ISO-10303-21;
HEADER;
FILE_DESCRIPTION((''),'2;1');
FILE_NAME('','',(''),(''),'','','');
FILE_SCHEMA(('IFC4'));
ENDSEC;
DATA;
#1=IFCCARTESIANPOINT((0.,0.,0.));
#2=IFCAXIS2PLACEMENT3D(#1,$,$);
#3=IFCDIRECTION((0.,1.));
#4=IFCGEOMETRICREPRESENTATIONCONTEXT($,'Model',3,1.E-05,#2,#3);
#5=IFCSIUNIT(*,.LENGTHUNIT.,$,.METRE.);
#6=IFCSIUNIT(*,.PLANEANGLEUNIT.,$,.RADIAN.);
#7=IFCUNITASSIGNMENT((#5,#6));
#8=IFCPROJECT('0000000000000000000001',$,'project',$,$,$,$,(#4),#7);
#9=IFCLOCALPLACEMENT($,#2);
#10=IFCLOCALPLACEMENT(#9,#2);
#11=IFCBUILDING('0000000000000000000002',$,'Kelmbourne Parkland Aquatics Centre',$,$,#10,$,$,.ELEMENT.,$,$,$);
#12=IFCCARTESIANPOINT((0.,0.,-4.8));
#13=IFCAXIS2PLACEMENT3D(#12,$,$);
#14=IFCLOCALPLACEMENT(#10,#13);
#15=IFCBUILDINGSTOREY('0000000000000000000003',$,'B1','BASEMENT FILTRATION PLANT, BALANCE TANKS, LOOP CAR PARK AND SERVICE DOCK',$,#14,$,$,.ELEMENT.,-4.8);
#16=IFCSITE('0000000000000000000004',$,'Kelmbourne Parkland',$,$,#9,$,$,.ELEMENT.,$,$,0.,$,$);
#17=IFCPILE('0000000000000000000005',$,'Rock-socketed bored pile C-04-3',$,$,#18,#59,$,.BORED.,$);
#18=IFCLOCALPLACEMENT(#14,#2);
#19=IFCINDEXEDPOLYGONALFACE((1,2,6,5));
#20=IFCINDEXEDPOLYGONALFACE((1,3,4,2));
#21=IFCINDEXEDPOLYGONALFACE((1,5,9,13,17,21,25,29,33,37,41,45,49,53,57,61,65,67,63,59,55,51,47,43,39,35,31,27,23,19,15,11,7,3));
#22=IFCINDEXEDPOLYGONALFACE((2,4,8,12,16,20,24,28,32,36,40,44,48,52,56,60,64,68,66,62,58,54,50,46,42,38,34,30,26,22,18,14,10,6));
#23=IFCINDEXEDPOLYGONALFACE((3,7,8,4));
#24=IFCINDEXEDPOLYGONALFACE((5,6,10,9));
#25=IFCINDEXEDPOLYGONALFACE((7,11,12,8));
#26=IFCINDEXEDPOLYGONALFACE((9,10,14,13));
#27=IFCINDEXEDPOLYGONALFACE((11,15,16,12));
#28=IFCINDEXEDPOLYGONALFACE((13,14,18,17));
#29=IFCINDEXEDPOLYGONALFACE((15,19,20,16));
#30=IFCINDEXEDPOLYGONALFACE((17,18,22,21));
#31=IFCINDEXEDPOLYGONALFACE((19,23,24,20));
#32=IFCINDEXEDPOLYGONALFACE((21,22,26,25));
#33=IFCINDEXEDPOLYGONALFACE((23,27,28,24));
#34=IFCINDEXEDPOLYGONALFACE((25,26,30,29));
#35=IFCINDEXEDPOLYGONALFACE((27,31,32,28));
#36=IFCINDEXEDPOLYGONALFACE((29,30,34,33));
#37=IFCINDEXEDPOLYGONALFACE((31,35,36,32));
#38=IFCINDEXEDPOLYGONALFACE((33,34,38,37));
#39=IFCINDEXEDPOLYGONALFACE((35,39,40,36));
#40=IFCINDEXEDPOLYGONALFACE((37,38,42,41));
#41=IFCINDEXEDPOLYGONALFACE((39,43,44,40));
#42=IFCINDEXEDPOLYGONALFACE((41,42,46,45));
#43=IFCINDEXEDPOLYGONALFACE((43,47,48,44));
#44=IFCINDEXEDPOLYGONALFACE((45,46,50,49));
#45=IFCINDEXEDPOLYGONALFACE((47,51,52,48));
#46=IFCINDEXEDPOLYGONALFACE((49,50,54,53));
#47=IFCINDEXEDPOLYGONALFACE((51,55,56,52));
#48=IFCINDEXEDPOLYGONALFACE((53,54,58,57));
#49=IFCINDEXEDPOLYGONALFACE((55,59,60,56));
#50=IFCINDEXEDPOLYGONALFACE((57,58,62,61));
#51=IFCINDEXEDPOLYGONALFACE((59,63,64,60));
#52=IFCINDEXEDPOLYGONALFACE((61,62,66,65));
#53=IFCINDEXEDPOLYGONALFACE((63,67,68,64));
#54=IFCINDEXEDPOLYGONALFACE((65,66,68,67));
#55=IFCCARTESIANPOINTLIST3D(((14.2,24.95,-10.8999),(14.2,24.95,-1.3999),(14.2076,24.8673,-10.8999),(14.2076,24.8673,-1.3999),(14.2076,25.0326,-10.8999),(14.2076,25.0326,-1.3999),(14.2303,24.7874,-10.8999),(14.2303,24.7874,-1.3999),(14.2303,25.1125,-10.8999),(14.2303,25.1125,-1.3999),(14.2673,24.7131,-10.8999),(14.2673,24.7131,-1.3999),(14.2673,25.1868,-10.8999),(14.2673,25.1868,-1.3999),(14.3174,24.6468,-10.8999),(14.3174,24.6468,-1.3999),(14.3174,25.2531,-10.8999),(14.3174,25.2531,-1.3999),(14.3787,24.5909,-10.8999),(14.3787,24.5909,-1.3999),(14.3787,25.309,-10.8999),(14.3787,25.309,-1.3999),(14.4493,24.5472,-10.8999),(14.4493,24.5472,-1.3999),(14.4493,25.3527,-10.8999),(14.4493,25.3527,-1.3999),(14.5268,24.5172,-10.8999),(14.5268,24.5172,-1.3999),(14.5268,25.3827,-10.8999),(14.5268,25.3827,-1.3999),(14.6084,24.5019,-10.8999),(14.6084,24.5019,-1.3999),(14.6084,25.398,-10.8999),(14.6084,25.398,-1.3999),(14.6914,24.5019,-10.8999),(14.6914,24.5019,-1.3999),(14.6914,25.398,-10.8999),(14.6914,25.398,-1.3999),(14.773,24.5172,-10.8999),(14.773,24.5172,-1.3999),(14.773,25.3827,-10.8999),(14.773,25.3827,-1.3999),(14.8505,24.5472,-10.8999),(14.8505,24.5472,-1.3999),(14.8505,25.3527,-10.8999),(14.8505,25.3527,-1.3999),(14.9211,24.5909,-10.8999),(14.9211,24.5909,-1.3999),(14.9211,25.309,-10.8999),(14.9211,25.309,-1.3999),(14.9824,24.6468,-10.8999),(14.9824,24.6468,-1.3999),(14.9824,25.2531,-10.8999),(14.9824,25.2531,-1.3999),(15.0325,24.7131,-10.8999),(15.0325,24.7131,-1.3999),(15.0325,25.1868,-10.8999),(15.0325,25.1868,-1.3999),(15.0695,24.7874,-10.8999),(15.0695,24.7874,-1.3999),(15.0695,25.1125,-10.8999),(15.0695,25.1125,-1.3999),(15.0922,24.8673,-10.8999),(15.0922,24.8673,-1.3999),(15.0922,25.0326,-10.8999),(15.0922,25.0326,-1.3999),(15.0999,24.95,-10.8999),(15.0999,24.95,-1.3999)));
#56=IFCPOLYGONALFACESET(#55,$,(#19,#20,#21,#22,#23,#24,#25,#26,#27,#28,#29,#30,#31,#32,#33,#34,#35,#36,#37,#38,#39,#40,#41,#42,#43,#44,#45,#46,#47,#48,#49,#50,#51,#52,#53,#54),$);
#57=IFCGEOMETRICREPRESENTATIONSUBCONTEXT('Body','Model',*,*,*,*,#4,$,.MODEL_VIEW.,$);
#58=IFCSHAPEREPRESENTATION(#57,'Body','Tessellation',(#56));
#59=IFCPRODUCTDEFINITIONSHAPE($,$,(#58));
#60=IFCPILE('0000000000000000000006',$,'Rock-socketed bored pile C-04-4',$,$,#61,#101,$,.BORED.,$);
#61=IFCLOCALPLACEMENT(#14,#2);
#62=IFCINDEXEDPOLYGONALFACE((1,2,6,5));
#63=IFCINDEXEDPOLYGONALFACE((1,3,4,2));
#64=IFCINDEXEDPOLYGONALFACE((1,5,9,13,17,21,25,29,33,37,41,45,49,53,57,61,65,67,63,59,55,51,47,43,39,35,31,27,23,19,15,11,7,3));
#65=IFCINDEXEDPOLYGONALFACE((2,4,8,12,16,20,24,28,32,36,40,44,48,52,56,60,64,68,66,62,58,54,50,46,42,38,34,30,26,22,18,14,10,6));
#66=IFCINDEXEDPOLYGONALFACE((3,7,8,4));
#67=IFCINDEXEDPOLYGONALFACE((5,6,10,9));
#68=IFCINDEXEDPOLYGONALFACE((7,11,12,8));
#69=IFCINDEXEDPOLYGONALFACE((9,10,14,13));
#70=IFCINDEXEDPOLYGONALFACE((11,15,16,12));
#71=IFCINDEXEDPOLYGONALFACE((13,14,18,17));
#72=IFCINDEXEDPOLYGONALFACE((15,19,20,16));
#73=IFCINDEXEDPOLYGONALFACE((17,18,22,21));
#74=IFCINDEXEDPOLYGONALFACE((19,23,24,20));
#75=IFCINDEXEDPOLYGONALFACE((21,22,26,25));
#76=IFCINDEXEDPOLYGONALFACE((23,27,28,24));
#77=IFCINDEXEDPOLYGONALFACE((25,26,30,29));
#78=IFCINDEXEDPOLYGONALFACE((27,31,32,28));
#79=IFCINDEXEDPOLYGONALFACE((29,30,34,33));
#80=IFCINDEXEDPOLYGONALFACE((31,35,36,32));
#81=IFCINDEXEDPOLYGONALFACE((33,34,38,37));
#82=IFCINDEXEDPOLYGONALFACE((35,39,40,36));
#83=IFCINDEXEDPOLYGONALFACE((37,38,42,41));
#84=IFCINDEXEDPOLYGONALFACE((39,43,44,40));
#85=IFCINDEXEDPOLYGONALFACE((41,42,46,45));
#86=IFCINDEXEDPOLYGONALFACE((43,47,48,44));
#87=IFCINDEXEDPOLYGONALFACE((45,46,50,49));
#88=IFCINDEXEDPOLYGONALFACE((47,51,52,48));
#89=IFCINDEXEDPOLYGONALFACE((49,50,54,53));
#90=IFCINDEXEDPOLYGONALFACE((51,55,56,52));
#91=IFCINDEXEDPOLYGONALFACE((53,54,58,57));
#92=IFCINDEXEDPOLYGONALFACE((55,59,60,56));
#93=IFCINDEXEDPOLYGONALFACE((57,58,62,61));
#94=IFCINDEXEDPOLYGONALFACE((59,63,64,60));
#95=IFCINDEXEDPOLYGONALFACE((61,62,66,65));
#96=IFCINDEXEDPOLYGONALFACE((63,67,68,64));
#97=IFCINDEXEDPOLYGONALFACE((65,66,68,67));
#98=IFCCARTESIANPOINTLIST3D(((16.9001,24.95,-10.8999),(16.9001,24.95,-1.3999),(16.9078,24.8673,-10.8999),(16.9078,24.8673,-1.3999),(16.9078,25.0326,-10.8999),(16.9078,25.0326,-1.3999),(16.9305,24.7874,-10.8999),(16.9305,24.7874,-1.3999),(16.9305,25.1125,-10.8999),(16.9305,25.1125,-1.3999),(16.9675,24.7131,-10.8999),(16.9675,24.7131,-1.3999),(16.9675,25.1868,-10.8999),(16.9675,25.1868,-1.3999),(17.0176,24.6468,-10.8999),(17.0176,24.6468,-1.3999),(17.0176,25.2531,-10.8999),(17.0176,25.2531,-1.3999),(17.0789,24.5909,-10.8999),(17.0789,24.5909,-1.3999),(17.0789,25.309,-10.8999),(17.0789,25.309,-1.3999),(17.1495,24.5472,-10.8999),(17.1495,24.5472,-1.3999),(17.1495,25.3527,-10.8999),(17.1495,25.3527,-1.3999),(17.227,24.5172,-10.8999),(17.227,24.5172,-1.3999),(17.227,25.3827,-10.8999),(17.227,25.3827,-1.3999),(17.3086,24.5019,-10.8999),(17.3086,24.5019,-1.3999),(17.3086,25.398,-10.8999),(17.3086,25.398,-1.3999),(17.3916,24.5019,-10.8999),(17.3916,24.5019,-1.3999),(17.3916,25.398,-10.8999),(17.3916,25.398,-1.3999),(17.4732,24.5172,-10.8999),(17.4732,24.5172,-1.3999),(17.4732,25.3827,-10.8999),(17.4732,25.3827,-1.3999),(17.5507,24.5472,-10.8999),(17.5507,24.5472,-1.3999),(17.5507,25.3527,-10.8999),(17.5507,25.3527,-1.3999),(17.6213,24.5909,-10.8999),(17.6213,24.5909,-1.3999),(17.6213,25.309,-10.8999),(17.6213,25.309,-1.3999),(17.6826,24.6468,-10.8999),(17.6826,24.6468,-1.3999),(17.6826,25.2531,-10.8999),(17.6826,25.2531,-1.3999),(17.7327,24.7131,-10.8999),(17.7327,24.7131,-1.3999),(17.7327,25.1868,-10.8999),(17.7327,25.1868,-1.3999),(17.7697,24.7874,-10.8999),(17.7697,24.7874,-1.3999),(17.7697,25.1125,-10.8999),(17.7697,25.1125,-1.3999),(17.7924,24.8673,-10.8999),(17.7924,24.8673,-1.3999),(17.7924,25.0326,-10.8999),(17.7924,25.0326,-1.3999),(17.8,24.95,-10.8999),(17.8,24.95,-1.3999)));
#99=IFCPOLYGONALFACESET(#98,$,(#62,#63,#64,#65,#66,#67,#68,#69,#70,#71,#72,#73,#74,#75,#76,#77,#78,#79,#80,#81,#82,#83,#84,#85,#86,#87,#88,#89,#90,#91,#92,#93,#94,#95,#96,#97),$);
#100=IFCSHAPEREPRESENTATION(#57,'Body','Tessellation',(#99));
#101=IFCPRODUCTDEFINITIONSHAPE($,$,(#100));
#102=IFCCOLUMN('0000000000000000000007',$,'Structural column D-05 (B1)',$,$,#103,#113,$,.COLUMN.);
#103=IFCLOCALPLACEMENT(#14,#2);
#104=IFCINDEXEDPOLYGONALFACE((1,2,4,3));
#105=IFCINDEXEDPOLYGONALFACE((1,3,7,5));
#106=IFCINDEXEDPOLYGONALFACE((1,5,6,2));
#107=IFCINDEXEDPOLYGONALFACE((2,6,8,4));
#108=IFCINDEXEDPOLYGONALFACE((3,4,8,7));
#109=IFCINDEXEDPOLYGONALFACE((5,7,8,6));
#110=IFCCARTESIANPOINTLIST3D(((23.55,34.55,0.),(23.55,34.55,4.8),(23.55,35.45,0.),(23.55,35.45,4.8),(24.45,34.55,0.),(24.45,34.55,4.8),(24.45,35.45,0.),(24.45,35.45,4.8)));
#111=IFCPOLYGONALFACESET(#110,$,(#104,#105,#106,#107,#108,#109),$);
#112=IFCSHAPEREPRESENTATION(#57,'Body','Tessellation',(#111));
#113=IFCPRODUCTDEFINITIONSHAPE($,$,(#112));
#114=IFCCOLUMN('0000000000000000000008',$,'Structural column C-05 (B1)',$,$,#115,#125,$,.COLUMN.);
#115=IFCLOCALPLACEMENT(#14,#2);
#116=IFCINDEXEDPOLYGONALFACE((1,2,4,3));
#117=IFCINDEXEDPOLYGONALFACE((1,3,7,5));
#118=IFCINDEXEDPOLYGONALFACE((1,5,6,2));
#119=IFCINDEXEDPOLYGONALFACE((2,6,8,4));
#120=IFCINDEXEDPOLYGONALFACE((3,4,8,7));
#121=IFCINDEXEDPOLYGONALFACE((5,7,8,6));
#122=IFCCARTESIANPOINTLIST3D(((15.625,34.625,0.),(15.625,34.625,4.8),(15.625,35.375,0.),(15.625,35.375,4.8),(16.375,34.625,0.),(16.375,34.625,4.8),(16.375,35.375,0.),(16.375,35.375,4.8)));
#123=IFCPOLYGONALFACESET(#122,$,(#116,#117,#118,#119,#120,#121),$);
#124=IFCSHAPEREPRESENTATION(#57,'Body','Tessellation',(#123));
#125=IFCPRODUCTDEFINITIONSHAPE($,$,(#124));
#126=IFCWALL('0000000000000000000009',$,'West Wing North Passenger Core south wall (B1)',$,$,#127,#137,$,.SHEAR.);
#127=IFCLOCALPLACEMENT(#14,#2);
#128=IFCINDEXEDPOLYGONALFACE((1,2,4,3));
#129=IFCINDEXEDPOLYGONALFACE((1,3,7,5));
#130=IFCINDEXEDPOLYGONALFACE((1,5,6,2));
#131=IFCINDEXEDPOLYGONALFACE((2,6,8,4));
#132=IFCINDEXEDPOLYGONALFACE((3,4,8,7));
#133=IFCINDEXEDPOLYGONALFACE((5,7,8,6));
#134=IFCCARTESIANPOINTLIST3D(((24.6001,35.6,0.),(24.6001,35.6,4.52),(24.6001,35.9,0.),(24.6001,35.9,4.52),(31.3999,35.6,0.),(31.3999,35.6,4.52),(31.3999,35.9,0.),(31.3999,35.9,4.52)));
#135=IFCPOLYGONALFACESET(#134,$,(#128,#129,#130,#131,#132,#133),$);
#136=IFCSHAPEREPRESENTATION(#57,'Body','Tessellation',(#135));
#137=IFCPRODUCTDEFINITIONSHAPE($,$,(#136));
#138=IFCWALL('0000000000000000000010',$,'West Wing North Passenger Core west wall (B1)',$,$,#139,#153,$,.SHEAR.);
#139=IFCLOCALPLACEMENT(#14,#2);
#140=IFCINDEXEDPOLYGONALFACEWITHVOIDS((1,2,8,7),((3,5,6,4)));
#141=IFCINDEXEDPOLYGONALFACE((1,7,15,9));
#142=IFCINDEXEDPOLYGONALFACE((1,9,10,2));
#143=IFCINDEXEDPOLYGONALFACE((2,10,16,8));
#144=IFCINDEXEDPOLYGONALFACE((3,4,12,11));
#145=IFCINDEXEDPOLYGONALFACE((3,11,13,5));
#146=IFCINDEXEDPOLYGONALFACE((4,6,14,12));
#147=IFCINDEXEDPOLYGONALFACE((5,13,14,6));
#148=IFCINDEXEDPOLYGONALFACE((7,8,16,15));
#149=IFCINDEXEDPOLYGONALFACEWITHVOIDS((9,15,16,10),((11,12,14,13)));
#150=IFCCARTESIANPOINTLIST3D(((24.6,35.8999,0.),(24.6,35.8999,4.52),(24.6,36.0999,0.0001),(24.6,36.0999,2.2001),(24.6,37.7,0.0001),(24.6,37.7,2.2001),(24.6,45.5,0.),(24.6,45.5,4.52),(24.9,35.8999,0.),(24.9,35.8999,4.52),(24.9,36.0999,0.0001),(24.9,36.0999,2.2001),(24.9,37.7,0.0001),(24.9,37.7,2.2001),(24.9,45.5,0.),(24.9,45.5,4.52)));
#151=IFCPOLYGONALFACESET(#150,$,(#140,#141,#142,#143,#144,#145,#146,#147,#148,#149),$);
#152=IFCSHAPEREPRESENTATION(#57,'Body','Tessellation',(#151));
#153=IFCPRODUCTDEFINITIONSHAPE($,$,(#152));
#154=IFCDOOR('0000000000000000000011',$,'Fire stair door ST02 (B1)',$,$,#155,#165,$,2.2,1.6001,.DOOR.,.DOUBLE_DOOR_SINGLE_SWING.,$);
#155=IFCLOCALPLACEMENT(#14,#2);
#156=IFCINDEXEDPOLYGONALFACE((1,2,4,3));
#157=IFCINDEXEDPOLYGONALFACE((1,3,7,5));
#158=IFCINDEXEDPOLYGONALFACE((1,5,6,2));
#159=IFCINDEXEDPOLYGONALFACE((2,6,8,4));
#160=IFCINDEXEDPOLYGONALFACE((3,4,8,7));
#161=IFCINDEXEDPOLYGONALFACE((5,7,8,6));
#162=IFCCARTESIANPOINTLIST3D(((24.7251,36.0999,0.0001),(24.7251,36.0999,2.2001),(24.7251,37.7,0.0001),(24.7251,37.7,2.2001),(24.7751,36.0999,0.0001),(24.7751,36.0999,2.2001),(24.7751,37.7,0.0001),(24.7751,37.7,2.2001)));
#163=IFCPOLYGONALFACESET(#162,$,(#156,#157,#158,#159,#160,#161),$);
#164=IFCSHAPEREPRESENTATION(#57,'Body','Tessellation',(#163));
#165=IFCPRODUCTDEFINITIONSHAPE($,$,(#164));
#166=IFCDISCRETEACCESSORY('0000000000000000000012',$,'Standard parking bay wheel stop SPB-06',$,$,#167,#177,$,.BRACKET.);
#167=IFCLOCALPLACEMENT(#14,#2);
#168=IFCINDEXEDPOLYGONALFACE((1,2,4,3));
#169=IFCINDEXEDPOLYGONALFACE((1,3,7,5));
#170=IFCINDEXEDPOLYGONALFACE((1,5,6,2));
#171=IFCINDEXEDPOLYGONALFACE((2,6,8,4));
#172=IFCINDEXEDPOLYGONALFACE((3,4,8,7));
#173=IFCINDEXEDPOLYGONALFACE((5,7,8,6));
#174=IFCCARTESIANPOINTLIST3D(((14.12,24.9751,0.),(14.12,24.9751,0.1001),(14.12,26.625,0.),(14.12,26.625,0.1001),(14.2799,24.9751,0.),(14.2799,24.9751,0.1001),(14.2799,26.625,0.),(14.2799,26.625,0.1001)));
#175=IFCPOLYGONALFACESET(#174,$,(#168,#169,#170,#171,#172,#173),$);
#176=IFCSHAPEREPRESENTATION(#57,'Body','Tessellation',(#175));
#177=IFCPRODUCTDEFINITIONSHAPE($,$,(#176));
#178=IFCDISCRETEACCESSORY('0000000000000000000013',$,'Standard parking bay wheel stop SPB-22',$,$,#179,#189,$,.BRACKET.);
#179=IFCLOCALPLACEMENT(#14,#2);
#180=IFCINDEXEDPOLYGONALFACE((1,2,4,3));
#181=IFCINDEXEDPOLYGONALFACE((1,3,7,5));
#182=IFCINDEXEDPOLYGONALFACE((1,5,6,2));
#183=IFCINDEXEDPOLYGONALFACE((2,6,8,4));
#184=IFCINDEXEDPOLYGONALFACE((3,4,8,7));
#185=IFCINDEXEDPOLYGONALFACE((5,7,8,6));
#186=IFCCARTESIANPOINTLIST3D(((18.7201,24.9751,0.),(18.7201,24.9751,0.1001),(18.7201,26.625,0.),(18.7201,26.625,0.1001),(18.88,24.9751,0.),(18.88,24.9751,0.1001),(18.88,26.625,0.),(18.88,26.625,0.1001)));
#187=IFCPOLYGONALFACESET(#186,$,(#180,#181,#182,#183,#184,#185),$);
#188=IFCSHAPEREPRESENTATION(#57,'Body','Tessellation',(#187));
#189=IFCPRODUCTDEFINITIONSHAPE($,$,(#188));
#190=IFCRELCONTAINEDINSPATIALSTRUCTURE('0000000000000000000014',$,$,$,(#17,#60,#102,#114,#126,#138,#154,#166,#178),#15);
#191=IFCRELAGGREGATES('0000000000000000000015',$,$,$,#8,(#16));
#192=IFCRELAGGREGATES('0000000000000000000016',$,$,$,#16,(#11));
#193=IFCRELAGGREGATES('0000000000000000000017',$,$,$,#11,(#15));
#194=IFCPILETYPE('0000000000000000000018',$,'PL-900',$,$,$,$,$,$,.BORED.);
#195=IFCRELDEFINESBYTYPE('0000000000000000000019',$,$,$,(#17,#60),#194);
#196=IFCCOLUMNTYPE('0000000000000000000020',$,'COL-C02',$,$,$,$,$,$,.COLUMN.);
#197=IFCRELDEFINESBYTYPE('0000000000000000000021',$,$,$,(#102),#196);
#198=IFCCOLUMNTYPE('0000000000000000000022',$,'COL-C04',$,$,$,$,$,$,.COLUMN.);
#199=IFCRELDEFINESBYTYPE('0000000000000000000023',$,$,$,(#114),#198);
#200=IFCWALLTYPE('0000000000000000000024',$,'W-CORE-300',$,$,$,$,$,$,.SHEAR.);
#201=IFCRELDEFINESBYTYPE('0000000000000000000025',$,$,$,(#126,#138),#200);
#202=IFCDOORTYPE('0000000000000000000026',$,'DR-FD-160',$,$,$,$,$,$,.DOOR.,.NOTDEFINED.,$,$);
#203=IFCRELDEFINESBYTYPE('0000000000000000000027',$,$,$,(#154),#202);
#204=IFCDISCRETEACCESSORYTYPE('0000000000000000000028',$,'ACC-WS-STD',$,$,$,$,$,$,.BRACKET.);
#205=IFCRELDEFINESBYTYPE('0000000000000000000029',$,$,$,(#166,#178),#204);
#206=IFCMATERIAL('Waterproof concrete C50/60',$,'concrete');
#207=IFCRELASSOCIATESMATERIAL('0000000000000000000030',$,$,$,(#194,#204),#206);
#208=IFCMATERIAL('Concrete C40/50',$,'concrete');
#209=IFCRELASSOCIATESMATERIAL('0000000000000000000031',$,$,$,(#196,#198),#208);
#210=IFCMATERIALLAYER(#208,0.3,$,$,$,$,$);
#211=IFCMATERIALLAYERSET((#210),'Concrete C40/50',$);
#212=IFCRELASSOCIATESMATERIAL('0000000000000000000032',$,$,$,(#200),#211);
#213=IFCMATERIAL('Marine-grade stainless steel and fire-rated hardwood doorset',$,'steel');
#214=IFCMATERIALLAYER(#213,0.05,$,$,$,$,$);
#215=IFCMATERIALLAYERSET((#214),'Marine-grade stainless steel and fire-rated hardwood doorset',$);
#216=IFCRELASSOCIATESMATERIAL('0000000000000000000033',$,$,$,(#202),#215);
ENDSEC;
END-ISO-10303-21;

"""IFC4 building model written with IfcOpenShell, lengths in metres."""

from ifc_helpers import new_model, si_unit, direction, frame, frame_2d, origin, origin_2d, place, context, subcontext, project, spatial, rectangle, circle, extrude, material, layer, layer_set, material_profile, profile_set, type_object, element, fill, save


model = new_model("IFC4")

# Units and contexts
model_context = context("Model", 3, precision=1e-05, world=origin(), true_north=direction((0.0, 1.0)))
body_context = subcontext(model_context, "Body", "Model", "MODEL_VIEW")
ifc_project = project(units=[si_unit("LENGTHUNIT", "METRE"), si_unit("PLANEANGLEUNIT", "RADIAN")], contexts=[model_context])

# Site, building, storey
site_placement = place(None, origin())
site = spatial("IfcSite", under=ifc_project, at=site_placement, Name="Kelmbourne Parkland", CompositionType="ELEMENT", RefElevation=0.0)
building_placement = place(site_placement, origin())
building = spatial("IfcBuilding", under=site, at=building_placement, Name="Kelmbourne Parkland Aquatics Centre", CompositionType="ELEMENT")
storey_placement = place(building_placement, frame((0.0, 0.0, -4.8)))
storey = spatial("IfcBuildingStorey", under=building, at=storey_placement, Name="B1", Description="BASEMENT FILTRATION PLANT, BALANCE TANKS, LOOP CAR PARK AND SERVICE DOCK", CompositionType="ELEMENT", Elevation=-4.8)

# Shared definitions
ifc_material_1 = material(Name="Waterproof concrete C50/60", Category="concrete")

# Piles
ifc_material_profile_1 = material_profile(ifc_material_1, circle(Radius=0.45, at=origin_2d()), Name="PILE D900")
ifc_profile_set_1 = profile_set([ifc_material_profile_1], Name="Waterproof concrete C50/60")
pile_type_1 = type_object("IfcPileType", Name="PL-900", PredefinedType="BORED", material=ifc_profile_set_1)
for number, where, z_axis, x_axis, name in (
    (1, (14.6499, 24.95, -1.3999), (0.0, 0.0, -1.0), (1.0, 0.0, 0.0), "Rock-socketed bored pile C-04-3"),
    (2, (17.3501, 24.95, -1.3999), (0.0, 0.0, -1.0), (1.0, 0.0, 0.0), "Rock-socketed bored pile C-04-4"),
):
    element("IfcPile", number, at=place(storey_placement, frame(where, z_axis=z_axis, x_axis=x_axis)), inside=storey, type_object=pile_type_1, Name=name, PredefinedType="BORED", context=body_context, shape_type="SweptSolid", body=[
        extrude(circle(Radius=0.45, at=origin_2d()), origin(), (0.0, 0.0, 1.0), 9.5),
    ])

# Columns
ifc_material_2 = material(Name="Concrete C40/50", Category="concrete")
ifc_material_profile_2 = material_profile(ifc_material_2, rectangle(XDim=0.8999, YDim=0.8999, at=origin_2d()), Name="RC 900x900")
ifc_profile_set_2 = profile_set([ifc_material_profile_2], Name="Concrete C40/50")
column_type_1 = type_object("IfcColumnType", Name="COL-C02", PredefinedType="COLUMN", material=ifc_profile_set_2)
column_1_placement = place(storey_placement, frame((24.0, 35.0, 0.0), z_axis=(0.0, 0.0, 1.0), x_axis=(1.0, 0.0, 0.0)))
element("IfcColumn", 3, at=column_1_placement, inside=storey, type_object=column_type_1, Name="Structural column D-05 (B1)", PredefinedType="COLUMN", context=body_context, shape_type="SweptSolid", body=[
    extrude(rectangle(XDim=0.8999, YDim=0.8999, at=origin_2d()), origin(), (0.0, 0.0, 1.0), 4.8),
])
ifc_material_profile_3 = material_profile(ifc_material_2, rectangle(XDim=0.75, YDim=0.75, at=origin_2d()), Name="RC 750x750")
ifc_profile_set_3 = profile_set([ifc_material_profile_3], Name="Concrete C40/50")
column_type_2 = type_object("IfcColumnType", Name="COL-C04", PredefinedType="COLUMN", material=ifc_profile_set_3)
column_2_placement = place(storey_placement, frame((16.0, 35.0, 0.0), z_axis=(0.0, 0.0, 1.0), x_axis=(1.0, 0.0, 0.0)))
element("IfcColumn", 4, at=column_2_placement, inside=storey, type_object=column_type_2, Name="Structural column C-05 (B1)", PredefinedType="COLUMN", context=body_context, shape_type="SweptSolid", body=[
    extrude(rectangle(XDim=0.75, YDim=0.75, at=origin_2d()), origin(), (0.0, 0.0, 1.0), 4.8),
])

# Wall
ifc_layer_1 = layer(ifc_material_2, 0.3)
ifc_layer_set_1 = layer_set([ifc_layer_1], Name="Concrete C40/50")
wall_type = type_object("IfcWallType", Name="W-CORE-300", PredefinedType="SHEAR", material=ifc_layer_set_1)
wall_1_placement = place(storey_placement, frame((24.6001, 35.75, 0.0), z_axis=(0.0, 0.0, 1.0), x_axis=(1.0, 0.0, 0.0)))
element("IfcWall", 5, at=wall_1_placement, inside=storey, type_object=wall_type, Name="West Wing North Passenger Core south wall (B1)", PredefinedType="SHEAR", context=body_context, shape_type="SweptSolid", body=[
    extrude(rectangle(XDim=6.7998, YDim=0.3, at=frame_2d((3.3999, 0.0))), origin(), (0.0, 0.0, 1.0), 4.52),
])

# Wall, opening, door
wall_2_placement = place(storey_placement, frame((24.75, 35.8999, 0.0), z_axis=(0.0, 0.0, 1.0), x_axis=(0.0, 1.0, 0.0)))
wall_2 = element("IfcWall", 6, at=wall_2_placement, inside=storey, type_object=wall_type, Name="West Wing North Passenger Core west wall (B1)", PredefinedType="SHEAR", context=body_context, shape_type="SweptSolid", body=[
    extrude(rectangle(XDim=9.6001, YDim=0.3, at=frame_2d((4.8, 0.0))), origin(), (0.0, 0.0, 1.0), 4.52),
])
opening_placement = place(wall_2_placement, frame((0.2, 0.0, 0.0)))
opening = element("IfcOpeningElement", 7, at=opening_placement, cuts=wall_2, PredefinedType="OPENING", context=body_context, shape_type="SweptSolid", body=[
    extrude(rectangle(XDim=1.6001, YDim=2.2, at=frame_2d((0.8, 1.1001))), frame((0.0, 0.1621, 0.0), z_axis=(0.0, -1.0, 0.0), x_axis=(1.0, 0.0, 0.0)), (0.0, 0.0, 1.0), 0.324),
])
ifc_material_3 = material(Name="Marine-grade stainless steel and fire-rated hardwood doorset", Category="steel")
ifc_layer_2 = layer(ifc_material_3, 0.05)
ifc_layer_set_2 = layer_set([ifc_layer_2], Name="Marine-grade stainless steel and fire-rated hardwood doorset")
door_type = type_object("IfcDoorType", Name="DR-FD-160", OperationType="NOTDEFINED", PredefinedType="DOOR", material=ifc_layer_set_2)
door_placement = place(opening_placement, origin())
door = element("IfcDoor", 8, at=door_placement, inside=storey, type_object=door_type, Name="Fire stair door ST02 (B1)", OperationType="DOUBLE_DOOR_SINGLE_SWING", OverallHeight=2.2, OverallWidth=1.6001, PredefinedType="DOOR", context=body_context, shape_type="SweptSolid", body=[
    extrude(rectangle(XDim=1.6001, YDim=2.2, at=frame_2d((0.8, 1.1001))), frame((0.0, 0.0249, 0.0), z_axis=(0.0, -1.0, 0.0), x_axis=(1.0, 0.0, 0.0)), (0.0, 0.0, 1.0), 0.05),
])
fill(opening, door)

# Discrete accessories
discrete_accessory_type = type_object("IfcDiscreteAccessoryType", Name="ACC-WS-STD", PredefinedType="BRACKET", material=ifc_material_1)
for number, where, z_axis, x_axis, name in (
    (9, (14.2, 25.8, 0.0), (0.0, 0.0, 1.0), (1.0, 0.0, 0.0), "Standard parking bay wheel stop SPB-06"),
    (10, (18.8, 25.8, 0.0), (0.0, 0.0, 1.0), (1.0, 0.0, 0.0), "Standard parking bay wheel stop SPB-22"),
):
    element("IfcDiscreteAccessory", number, at=place(storey_placement, frame(where, z_axis=z_axis, x_axis=x_axis)), inside=storey, type_object=discrete_accessory_type, Name=name, PredefinedType="BRACKET", context=body_context, shape_type="SweptSolid", body=[
        extrude(rectangle(XDim=0.1599, YDim=1.6499, at=origin_2d()), origin(), (0.0, 0.0, 1.0), 0.1001),
    ])

save(model, "model.ifc")
